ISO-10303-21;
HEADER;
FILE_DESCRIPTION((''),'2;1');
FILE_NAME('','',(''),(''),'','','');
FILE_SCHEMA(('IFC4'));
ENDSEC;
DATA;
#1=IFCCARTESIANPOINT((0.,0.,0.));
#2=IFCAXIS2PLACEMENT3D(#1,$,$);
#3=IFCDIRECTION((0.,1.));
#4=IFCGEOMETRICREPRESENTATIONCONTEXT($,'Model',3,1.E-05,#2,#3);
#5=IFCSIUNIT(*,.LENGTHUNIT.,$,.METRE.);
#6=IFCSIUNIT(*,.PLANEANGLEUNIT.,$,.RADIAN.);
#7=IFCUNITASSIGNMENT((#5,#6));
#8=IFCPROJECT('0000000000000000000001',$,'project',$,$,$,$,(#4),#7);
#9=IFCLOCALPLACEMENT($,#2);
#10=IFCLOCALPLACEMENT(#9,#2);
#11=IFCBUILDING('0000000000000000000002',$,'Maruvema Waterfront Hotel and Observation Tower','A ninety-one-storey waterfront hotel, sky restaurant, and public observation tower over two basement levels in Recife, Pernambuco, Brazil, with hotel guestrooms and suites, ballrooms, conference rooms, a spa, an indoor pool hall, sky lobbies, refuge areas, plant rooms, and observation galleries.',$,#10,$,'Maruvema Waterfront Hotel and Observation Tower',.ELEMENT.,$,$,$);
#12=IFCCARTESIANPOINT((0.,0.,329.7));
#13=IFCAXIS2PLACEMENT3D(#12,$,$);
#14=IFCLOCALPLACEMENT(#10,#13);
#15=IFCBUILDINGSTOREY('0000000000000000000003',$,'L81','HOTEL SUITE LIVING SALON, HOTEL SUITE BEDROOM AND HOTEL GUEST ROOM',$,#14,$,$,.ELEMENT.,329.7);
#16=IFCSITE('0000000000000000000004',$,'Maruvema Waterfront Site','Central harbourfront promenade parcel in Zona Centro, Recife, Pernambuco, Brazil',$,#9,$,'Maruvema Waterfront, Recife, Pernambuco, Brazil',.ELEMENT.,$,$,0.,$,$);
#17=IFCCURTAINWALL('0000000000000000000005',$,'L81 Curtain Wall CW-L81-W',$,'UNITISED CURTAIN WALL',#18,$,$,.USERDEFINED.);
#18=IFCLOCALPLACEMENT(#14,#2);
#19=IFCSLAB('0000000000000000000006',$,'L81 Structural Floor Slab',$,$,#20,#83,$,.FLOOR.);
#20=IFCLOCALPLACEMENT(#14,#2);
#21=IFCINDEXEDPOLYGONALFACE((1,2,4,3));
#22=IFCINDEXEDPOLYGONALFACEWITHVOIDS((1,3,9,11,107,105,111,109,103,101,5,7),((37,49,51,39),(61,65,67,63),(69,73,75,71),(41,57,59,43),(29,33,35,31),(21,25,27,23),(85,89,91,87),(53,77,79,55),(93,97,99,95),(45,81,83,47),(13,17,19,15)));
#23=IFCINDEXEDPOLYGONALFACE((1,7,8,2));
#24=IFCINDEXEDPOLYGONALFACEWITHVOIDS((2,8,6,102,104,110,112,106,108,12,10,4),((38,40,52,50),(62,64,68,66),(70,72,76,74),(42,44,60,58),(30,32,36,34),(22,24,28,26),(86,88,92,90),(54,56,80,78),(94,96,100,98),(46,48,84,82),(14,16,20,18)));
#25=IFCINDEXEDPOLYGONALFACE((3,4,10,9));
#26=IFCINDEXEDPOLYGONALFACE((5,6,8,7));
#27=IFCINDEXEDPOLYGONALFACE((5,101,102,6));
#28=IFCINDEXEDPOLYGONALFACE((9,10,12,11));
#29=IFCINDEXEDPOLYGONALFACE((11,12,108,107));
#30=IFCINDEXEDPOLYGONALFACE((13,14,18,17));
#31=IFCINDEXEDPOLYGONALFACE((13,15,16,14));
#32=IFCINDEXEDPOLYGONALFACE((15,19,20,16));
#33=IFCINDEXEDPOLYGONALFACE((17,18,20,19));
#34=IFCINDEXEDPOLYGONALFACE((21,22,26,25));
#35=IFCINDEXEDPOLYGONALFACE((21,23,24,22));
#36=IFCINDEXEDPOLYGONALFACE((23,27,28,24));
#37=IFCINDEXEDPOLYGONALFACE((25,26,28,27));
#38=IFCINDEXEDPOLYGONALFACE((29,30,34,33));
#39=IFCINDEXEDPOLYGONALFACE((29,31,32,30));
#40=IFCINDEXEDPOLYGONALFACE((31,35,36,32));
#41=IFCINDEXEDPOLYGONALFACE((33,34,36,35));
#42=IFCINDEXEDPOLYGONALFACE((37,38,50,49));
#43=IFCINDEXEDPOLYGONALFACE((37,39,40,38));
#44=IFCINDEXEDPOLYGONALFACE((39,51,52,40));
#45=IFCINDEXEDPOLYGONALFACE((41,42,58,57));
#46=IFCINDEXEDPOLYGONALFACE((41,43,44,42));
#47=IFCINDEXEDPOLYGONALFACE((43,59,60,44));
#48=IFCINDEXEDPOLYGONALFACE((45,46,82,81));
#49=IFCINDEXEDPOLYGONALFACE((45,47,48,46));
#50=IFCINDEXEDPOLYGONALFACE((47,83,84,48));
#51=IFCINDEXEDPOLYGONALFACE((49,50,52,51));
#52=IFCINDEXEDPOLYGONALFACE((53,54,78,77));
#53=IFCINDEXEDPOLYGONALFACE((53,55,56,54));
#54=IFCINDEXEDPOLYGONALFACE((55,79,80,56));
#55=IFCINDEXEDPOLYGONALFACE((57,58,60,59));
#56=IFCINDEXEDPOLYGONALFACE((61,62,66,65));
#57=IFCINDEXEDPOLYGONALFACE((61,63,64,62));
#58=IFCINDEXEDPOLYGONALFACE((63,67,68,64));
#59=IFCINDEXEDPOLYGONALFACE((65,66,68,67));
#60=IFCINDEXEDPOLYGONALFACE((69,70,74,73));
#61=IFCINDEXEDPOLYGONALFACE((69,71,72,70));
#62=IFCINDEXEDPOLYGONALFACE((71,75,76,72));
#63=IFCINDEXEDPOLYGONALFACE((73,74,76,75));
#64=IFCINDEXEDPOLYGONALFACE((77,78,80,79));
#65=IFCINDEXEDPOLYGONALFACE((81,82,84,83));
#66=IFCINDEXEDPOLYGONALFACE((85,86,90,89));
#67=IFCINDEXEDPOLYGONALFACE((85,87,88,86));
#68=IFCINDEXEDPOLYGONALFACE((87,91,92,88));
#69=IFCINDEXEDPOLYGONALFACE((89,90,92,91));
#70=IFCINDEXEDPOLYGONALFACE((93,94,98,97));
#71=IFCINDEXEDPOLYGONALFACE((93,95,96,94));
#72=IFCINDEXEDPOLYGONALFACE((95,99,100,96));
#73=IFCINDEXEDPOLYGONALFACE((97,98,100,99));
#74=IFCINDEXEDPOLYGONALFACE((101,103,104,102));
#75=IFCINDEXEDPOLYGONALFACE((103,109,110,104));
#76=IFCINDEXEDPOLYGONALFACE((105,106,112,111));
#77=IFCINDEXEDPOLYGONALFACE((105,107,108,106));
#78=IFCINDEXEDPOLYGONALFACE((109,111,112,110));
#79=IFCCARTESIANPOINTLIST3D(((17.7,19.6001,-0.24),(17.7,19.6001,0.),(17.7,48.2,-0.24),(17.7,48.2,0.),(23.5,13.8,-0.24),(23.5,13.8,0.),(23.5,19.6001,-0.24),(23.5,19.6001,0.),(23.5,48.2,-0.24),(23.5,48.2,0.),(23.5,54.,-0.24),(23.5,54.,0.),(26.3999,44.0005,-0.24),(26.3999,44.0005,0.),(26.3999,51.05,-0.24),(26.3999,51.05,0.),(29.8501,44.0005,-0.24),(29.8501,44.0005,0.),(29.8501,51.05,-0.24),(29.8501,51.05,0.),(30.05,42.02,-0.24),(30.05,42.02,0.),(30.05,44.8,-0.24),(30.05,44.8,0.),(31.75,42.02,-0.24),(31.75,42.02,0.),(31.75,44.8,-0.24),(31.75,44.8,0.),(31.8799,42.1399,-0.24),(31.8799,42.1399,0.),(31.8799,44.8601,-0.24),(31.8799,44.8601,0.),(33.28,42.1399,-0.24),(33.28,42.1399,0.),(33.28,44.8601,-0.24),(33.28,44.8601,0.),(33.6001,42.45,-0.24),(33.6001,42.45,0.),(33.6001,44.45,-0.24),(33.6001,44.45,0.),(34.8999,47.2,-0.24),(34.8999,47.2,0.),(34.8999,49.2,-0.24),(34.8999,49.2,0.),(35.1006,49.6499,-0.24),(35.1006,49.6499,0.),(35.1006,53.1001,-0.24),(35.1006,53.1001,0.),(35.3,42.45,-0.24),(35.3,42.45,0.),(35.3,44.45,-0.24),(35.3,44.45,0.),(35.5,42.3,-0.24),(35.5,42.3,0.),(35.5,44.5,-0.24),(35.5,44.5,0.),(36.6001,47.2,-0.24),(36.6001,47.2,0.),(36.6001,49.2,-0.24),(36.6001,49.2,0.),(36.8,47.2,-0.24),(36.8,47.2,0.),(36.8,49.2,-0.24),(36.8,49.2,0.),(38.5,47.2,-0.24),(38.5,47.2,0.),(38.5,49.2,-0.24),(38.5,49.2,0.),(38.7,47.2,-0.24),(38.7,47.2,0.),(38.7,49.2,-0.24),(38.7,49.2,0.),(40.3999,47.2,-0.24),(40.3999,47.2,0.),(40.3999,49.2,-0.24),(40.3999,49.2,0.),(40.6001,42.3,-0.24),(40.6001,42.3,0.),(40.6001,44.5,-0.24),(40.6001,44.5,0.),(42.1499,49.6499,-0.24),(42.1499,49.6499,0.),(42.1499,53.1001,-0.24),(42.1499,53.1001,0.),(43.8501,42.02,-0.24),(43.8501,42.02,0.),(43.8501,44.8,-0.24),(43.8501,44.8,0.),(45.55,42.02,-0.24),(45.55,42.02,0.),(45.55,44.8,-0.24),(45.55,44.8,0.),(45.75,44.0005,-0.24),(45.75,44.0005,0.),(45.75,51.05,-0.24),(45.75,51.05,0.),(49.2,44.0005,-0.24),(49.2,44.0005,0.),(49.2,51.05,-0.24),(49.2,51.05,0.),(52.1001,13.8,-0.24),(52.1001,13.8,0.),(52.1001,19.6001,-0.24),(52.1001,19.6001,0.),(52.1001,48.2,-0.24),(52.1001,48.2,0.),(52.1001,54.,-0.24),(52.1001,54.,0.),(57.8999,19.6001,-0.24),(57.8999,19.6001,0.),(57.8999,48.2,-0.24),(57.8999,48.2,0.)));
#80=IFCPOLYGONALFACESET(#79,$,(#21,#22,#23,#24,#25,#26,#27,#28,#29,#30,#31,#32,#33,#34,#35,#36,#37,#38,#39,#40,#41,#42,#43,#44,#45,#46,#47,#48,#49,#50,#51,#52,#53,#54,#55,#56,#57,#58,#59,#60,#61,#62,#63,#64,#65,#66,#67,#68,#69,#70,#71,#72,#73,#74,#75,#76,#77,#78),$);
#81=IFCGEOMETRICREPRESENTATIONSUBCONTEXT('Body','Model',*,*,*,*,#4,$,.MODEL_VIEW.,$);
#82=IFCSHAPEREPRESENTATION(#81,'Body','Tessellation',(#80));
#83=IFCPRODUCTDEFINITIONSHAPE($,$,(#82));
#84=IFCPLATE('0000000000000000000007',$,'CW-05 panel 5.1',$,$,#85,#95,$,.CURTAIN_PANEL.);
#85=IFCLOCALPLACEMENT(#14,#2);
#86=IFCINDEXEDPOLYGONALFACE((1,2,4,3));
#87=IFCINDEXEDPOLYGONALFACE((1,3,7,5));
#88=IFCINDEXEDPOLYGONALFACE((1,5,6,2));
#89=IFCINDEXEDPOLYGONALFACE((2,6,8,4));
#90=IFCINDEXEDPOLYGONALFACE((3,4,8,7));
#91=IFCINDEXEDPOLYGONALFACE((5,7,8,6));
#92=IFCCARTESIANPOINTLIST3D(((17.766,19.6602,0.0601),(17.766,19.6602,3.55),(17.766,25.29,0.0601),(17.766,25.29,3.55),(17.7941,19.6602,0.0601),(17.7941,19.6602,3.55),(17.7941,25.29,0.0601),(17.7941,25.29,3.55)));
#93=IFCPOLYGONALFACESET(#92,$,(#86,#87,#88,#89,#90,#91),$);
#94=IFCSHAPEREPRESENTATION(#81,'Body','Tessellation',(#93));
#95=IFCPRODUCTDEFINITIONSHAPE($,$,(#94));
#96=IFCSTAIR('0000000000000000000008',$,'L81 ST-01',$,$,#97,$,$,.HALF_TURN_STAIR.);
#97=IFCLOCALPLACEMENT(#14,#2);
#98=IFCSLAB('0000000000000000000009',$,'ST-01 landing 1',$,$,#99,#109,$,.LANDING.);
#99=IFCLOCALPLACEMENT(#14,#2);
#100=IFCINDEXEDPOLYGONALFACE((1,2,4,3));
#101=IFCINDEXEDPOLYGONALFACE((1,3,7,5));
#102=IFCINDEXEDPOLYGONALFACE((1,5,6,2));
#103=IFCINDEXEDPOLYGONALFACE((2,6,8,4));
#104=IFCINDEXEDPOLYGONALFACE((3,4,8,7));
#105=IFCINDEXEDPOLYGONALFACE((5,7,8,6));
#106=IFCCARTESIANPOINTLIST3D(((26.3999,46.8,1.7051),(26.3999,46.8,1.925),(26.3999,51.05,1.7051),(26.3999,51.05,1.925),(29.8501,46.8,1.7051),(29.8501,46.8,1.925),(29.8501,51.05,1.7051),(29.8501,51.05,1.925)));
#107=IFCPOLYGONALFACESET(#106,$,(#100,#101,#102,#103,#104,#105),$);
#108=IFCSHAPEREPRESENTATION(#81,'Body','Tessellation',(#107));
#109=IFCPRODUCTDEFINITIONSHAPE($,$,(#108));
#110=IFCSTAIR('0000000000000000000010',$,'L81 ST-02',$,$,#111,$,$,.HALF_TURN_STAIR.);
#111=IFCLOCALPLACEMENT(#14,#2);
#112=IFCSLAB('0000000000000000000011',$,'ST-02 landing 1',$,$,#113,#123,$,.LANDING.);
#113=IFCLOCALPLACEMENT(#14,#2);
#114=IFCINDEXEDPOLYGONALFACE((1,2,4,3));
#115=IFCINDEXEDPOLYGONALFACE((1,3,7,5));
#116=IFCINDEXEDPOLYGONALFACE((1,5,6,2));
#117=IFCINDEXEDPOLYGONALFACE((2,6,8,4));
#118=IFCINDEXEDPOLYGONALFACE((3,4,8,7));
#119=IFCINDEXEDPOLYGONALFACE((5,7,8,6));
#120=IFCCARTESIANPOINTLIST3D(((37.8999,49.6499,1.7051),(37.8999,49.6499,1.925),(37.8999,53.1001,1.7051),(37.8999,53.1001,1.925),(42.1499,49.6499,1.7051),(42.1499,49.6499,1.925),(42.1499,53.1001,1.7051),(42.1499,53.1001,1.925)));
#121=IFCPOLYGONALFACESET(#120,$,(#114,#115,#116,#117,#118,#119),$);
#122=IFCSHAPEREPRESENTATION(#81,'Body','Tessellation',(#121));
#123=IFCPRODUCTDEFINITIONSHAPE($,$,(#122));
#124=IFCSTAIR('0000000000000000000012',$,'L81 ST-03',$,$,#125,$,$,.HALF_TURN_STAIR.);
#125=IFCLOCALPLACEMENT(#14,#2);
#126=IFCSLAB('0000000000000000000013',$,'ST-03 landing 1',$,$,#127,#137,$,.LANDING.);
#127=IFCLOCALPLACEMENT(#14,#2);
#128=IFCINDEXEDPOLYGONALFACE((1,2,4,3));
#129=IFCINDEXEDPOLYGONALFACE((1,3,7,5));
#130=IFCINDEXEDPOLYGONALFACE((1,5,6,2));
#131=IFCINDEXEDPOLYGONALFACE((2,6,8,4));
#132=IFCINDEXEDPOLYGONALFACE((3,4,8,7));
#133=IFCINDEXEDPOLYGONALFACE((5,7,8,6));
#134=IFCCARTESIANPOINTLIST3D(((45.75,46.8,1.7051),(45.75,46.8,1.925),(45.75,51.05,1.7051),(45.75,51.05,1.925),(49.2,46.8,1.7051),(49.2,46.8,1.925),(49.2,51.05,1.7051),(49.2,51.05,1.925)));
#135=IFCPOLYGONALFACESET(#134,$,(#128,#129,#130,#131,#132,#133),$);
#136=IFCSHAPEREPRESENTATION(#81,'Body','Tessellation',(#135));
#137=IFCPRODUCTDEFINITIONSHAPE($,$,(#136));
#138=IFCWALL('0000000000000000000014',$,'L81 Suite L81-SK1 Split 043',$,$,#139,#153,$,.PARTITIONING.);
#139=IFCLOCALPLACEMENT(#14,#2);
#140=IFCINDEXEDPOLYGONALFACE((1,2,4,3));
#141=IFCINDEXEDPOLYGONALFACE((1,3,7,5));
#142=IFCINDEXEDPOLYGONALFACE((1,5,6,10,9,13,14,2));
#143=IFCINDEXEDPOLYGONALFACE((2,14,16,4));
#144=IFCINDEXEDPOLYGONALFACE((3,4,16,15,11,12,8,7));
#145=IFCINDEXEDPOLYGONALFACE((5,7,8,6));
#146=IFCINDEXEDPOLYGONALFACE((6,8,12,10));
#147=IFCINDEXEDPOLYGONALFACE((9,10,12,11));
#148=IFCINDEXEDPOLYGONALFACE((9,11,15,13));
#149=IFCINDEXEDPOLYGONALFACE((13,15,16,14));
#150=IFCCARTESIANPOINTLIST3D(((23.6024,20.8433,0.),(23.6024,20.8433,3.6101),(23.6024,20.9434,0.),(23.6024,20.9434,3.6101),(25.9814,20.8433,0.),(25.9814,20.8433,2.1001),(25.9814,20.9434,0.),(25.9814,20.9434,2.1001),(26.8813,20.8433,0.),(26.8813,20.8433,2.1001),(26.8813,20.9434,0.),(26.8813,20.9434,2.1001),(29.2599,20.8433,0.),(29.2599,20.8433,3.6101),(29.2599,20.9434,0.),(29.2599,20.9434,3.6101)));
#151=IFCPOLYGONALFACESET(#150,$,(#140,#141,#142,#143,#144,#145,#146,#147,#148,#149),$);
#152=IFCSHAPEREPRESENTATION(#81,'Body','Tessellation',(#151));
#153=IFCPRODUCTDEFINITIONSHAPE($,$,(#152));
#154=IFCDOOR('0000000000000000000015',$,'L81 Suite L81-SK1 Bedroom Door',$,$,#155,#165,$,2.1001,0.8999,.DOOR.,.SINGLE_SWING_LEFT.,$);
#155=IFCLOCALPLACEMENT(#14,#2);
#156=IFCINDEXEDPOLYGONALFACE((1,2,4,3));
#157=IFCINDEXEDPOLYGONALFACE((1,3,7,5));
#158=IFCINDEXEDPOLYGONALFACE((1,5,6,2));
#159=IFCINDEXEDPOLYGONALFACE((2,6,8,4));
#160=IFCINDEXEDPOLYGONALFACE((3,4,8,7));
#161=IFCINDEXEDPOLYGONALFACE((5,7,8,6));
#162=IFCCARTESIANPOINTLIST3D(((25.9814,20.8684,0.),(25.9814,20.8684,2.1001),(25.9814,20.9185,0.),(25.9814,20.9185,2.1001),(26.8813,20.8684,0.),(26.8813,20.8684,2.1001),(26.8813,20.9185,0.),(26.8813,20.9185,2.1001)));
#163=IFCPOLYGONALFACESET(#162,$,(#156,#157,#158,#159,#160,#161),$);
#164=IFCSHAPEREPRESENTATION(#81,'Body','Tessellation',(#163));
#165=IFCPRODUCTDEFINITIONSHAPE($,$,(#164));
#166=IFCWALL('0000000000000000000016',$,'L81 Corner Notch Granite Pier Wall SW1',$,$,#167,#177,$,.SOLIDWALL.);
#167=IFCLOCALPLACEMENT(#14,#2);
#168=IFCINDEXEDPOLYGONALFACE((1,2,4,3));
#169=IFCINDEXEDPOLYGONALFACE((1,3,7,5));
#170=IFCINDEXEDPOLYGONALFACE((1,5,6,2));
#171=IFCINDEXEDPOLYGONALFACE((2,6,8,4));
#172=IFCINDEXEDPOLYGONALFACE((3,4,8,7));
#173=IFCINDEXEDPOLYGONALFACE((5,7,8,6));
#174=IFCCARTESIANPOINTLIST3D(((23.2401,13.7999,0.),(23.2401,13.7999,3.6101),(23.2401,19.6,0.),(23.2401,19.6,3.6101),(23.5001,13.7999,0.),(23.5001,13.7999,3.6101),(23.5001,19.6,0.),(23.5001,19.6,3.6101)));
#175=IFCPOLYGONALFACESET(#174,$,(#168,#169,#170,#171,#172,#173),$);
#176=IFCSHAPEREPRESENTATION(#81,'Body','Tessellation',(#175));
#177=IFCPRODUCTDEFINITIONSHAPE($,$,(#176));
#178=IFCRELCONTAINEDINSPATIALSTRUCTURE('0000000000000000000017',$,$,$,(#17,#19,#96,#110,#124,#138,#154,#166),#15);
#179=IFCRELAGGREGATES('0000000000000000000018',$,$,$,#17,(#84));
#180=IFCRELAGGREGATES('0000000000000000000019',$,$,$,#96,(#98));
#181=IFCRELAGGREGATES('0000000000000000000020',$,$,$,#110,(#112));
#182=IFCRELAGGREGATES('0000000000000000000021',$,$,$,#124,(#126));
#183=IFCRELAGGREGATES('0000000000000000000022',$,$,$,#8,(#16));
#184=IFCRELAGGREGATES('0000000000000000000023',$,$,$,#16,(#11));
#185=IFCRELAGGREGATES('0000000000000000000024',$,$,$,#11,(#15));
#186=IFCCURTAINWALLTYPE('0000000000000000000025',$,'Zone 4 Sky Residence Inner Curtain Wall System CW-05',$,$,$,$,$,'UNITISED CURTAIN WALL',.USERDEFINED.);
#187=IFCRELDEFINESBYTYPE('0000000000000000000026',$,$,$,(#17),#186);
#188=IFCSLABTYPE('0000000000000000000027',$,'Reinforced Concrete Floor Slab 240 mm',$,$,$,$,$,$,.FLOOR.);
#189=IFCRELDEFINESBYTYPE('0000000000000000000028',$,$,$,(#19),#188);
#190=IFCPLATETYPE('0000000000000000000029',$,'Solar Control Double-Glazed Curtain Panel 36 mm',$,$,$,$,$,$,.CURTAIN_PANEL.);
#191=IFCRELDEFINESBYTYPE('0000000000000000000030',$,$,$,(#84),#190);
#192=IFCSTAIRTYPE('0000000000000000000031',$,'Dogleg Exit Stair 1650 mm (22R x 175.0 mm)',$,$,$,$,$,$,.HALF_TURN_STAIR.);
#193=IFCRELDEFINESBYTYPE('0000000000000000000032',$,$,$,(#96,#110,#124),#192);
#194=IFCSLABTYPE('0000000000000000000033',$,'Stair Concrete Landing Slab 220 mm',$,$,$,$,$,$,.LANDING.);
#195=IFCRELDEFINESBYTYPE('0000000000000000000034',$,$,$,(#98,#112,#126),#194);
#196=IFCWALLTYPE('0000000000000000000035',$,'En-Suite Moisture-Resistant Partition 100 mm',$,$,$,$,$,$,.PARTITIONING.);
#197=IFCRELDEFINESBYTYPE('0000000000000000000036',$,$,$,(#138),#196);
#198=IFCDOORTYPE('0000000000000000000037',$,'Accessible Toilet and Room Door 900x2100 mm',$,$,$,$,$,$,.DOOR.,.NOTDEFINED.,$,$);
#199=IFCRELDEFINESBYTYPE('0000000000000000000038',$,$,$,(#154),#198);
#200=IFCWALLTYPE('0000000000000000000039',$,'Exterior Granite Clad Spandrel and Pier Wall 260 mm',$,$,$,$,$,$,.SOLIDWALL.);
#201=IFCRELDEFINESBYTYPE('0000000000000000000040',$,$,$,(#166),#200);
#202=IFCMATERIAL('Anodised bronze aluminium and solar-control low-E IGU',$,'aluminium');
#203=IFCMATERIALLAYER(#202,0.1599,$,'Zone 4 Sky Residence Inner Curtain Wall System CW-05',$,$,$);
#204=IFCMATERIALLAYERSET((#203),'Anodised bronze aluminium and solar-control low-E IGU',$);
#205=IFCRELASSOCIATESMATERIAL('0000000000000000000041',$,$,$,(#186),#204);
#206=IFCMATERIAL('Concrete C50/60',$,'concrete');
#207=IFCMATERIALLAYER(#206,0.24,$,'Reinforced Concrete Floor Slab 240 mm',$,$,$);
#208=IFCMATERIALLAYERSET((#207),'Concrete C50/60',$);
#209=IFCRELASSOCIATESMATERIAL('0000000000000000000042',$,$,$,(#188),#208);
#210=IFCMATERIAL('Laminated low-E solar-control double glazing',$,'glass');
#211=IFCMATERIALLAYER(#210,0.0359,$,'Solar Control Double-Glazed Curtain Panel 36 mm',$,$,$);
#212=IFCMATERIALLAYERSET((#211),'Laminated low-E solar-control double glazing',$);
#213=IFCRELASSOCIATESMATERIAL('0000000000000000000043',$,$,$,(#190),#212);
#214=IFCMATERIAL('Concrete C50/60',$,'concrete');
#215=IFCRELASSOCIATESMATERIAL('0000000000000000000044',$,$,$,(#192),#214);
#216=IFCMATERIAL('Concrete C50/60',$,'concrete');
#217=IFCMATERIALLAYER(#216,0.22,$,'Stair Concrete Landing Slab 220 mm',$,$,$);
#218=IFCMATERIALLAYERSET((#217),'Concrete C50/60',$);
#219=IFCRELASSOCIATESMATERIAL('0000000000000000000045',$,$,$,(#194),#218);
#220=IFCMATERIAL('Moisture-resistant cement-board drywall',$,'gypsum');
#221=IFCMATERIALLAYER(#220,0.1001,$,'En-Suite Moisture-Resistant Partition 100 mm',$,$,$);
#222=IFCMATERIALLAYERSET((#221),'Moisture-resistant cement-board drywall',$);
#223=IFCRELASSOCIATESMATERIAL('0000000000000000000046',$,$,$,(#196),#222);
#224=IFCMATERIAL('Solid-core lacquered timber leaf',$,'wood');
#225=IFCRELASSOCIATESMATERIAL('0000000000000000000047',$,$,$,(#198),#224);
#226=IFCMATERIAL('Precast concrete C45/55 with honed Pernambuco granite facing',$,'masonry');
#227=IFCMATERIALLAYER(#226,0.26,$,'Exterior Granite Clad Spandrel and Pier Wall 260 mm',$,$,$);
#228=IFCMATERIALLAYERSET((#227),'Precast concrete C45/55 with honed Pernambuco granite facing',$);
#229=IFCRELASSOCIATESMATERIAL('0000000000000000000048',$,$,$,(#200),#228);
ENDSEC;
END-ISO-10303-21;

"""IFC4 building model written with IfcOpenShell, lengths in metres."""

from ifc_helpers import new_model, si_unit, direction, frame, frame_2d, origin, origin_2d, place, context, subcontext, project, spatial, polyline, rectangle, outline, extrude, material, layer, layer_set, type_object, element, fill, aggregate, save


model = new_model("IFC4")

# Units and contexts
model_context = context("Model", 3, precision=1e-05, world=origin(), true_north=direction((0.0, 1.0)))
body_context = subcontext(model_context, "Body", "Model", "MODEL_VIEW")
ifc_project = project(units=[si_unit("LENGTHUNIT", "METRE"), si_unit("PLANEANGLEUNIT", "RADIAN")], contexts=[model_context])

# Site, building, storey
site_placement = place(None, origin())
site = spatial("IfcSite", under=ifc_project, at=site_placement, Name="Maruvema Waterfront Site", Description="Central harbourfront promenade parcel in Zona Centro, Recife, Pernambuco, Brazil", LongName="Maruvema Waterfront, Recife, Pernambuco, Brazil", CompositionType="ELEMENT", RefElevation=0.0)
building_placement = place(site_placement, origin())
building = spatial("IfcBuilding", under=site, at=building_placement, Name="Maruvema Waterfront Hotel and Observation Tower", Description="A ninety-one-storey waterfront hotel, sky restaurant, and public observation tower over two basement levels in Recife, Pernambuco, Brazil, with hotel guestrooms and suites, ballrooms, conference rooms, a spa, an indoor pool hall, sky lobbies, refuge areas, plant rooms, and observation galleries.", LongName="Maruvema Waterfront Hotel and Observation Tower", CompositionType="ELEMENT")
storey_placement = place(building_placement, frame((0.0, 0.0, 329.7)))
storey = spatial("IfcBuildingStorey", under=building, at=storey_placement, Name="L81", Description="HOTEL SUITE LIVING SALON, HOTEL SUITE BEDROOM AND HOTEL GUEST ROOM", CompositionType="ELEMENT", Elevation=329.7)

# Curtain wall
ifc_material_1 = material(Name="Anodised bronze aluminium and solar-control low-E IGU", Category="aluminium")
ifc_layer_1 = layer(ifc_material_1, 0.1599, Name="Zone 4 Sky Residence Inner Curtain Wall System CW-05")
ifc_layer_set_1 = layer_set([ifc_layer_1], Name="Anodised bronze aluminium and solar-control low-E IGU")
curtain_wall_type = type_object("IfcCurtainWallType", Name="Zone 4 Sky Residence Inner Curtain Wall System CW-05", ElementType="UNITISED CURTAIN WALL", PredefinedType="USERDEFINED", material=ifc_layer_set_1)
curtain_wall_1_placement = place(storey_placement, origin())
curtain_wall_1 = element("IfcCurtainWall", 1, at=curtain_wall_1_placement, inside=storey, type_object=curtain_wall_type, Name="L81 Curtain Wall CW-L81-W", ObjectType="UNITISED CURTAIN WALL", PredefinedType="USERDEFINED")

# Slab
ifc_material_2 = material(Name="Concrete C50/60", Category="concrete")
ifc_layer_2 = layer(ifc_material_2, 0.24, Name="Reinforced Concrete Floor Slab 240 mm")
ifc_layer_set_2 = layer_set([ifc_layer_2], Name="Concrete C50/60")
slab_type_1 = type_object("IfcSlabType", Name="Reinforced Concrete Floor Slab 240 mm", PredefinedType="FLOOR", material=ifc_layer_set_2)
slab_1_placement = place(storey_placement, frame((0.0, 0.0, -0.24)))
element("IfcSlab", 2, at=slab_1_placement, inside=storey, type_object=slab_type_1, Name="L81 Structural Floor Slab", PredefinedType="FLOOR", context=body_context, shape_type="SweptSolid", body=[
    extrude(outline(polyline([(23.5, 13.8), (52.1001, 13.8), (52.1001, 19.6001), (57.8999, 19.6001), (57.8999, 48.2), (52.1001, 48.2), (52.1001, 54.0), (23.5, 54.0), (23.5, 48.2), (17.7, 48.2), (17.7, 19.6001), (23.5, 19.6001), (23.5, 13.8)]), holes=[polyline([(26.3999, 44.0005), (26.3999, 51.05), (29.8501, 51.05), (29.8501, 44.0005), (26.3999, 44.0005)]), polyline([(30.05, 44.8), (31.75, 44.8), (31.75, 42.02), (30.05, 42.02), (30.05, 44.8)]), polyline([(31.8799, 42.1399), (31.8799, 44.8601), (33.28, 44.8601), (33.28, 42.1399), (31.8799, 42.1399)]), polyline([(33.6001, 44.45), (35.3, 44.45), (35.3, 42.45), (33.6001, 42.45), (33.6001, 44.45)]), polyline([(34.8999, 49.2), (36.6001, 49.2), (36.6001, 47.2), (34.8999, 47.2), (34.8999, 49.2)]), polyline([(36.8, 47.2), (36.8, 49.2), (38.5, 49.2), (38.5, 47.2), (36.8, 47.2)]), polyline([(35.5, 42.3), (35.5, 44.5), (40.6001, 44.5), (40.6001, 42.3), (35.5, 42.3)]), polyline([(35.1006, 53.1001), (42.1499, 53.1001), (42.1499, 49.6499), (35.1006, 49.6499), (35.1006, 53.1001)]), polyline([(38.7, 49.2), (40.3999, 49.2), (40.3999, 47.2), (38.7, 47.2), (38.7, 49.2)]), polyline([(43.8501, 44.8), (45.55, 44.8), (45.55, 42.02), (43.8501, 42.02), (43.8501, 44.8)]), polyline([(45.75, 44.0005), (45.75, 51.05), (49.2, 51.05), (49.2, 44.0005), (45.75, 44.0005)])]), origin(), (0.0, 0.0, 1.0), 0.24),
])

# Plate
ifc_material_3 = material(Name="Laminated low-E solar-control double glazing", Category="glass")
ifc_layer_3 = layer(ifc_material_3, 0.0359, Name="Solar Control Double-Glazed Curtain Panel 36 mm")
ifc_layer_set_3 = layer_set([ifc_layer_3], Name="Laminated low-E solar-control double glazing")
plate_type = type_object("IfcPlateType", Name="Solar Control Double-Glazed Curtain Panel 36 mm", PredefinedType="CURTAIN_PANEL", material=ifc_layer_set_3)
plate_placement = place(storey_placement, frame((17.78, 22.4751, 0.0601), z_axis=(0.0, 0.0, 1.0), x_axis=(0.0, -1.0, 0.0)))
plate = element("IfcPlate", 3, at=plate_placement, type_object=plate_type, Name="CW-05 panel 5.1", PredefinedType="CURTAIN_PANEL", context=body_context, shape_type="SweptSolid", body=[
    extrude(rectangle(XDim=5.6299, YDim=0.0281, at=origin_2d()), origin(), (0.0, 0.0, 1.0), 3.49),
])
aggregate(curtain_wall_1, [plate])

# Stairs, slabs
ifc_material_4 = material(Name="Concrete C50/60", Category="concrete")
stair_type = type_object("IfcStairType", Name="Dogleg Exit Stair 1650 mm (22R x 175.0 mm)", PredefinedType="HALF_TURN_STAIR", material=ifc_material_4)
stair_1_placement = place(storey_placement, origin())
stair_1 = element("IfcStair", 4, at=stair_1_placement, inside=storey, type_object=stair_type, Name="L81 ST-01", PredefinedType="HALF_TURN_STAIR")
ifc_material_5 = material(Name="Concrete C50/60", Category="concrete")
ifc_layer_4 = layer(ifc_material_5, 0.22, Name="Stair Concrete Landing Slab 220 mm")
ifc_layer_set_4 = layer_set([ifc_layer_4], Name="Concrete C50/60")
slab_type_2 = type_object("IfcSlabType", Name="Stair Concrete Landing Slab 220 mm", PredefinedType="LANDING", material=ifc_layer_set_4)
slab_2_placement = place(storey_placement, frame((0.0, 0.0, 1.7051)))
slab_2 = element("IfcSlab", 5, at=slab_2_placement, type_object=slab_type_2, Name="ST-01 landing 1", PredefinedType="LANDING", context=body_context, shape_type="SweptSolid", body=[
    extrude(outline(polyline([(29.8501, 46.8), (29.8501, 51.05), (26.3999, 51.05), (26.3999, 46.8), (29.8501, 46.8)])), origin(), (0.0, 0.0, 1.0), 0.22),
])
aggregate(stair_1, [slab_2])
stair_2_placement = place(storey_placement, origin())
stair_2 = element("IfcStair", 6, at=stair_2_placement, inside=storey, type_object=stair_type, Name="L81 ST-02", PredefinedType="HALF_TURN_STAIR")
slab_3_placement = place(storey_placement, frame((0.0, 0.0, 1.7051)))
slab_3 = element("IfcSlab", 7, at=slab_3_placement, type_object=slab_type_2, Name="ST-02 landing 1", PredefinedType="LANDING", context=body_context, shape_type="SweptSolid", body=[
    extrude(outline(polyline([(37.8999, 49.6499), (42.1499, 49.6499), (42.1499, 53.1001), (37.8999, 53.1001), (37.8999, 49.6499)])), origin(), (0.0, 0.0, 1.0), 0.22),
])
aggregate(stair_2, [slab_3])
stair_3_placement = place(storey_placement, origin())
stair_3 = element("IfcStair", 8, at=stair_3_placement, inside=storey, type_object=stair_type, Name="L81 ST-03", PredefinedType="HALF_TURN_STAIR")
slab_4_placement = place(storey_placement, frame((0.0, 0.0, 1.7051)))
slab_4 = element("IfcSlab", 9, at=slab_4_placement, type_object=slab_type_2, Name="ST-03 landing 1", PredefinedType="LANDING", context=body_context, shape_type="SweptSolid", body=[
    extrude(outline(polyline([(49.2, 46.8), (49.2, 51.05), (45.75, 51.05), (45.75, 46.8), (49.2, 46.8)])), origin(), (0.0, 0.0, 1.0), 0.22),
])
aggregate(stair_3, [slab_4])

# Wall, opening, door
ifc_material_6 = material(Name="Moisture-resistant cement-board drywall", Category="gypsum")
ifc_layer_5 = layer(ifc_material_6, 0.1001, Name="En-Suite Moisture-Resistant Partition 100 mm")
ifc_layer_set_5 = layer_set([ifc_layer_5], Name="Moisture-resistant cement-board drywall")
wall_type_1 = type_object("IfcWallType", Name="En-Suite Moisture-Resistant Partition 100 mm", PredefinedType="PARTITIONING", material=ifc_layer_set_5)
wall_1_placement = place(storey_placement, frame((23.6025, 20.8933, 0.0), z_axis=(0.0, 0.0, 1.0), x_axis=(1.0, 0.0, 0.0)))
wall_1 = element("IfcWall", 10, at=wall_1_placement, inside=storey, type_object=wall_type_1, Name="L81 Suite L81-SK1 Split 043", PredefinedType="PARTITIONING", context=body_context, shape_type="SweptSolid", body=[
    extrude(rectangle(XDim=5.6575, YDim=0.1001, at=frame_2d((2.8286, 0.0))), origin(), (0.0, 0.0, 1.0), 3.6101),
])
opening_1_placement = place(wall_1_placement, frame((2.3789, 0.0, 0.0)))
opening_1 = element("IfcOpeningElement", 11, at=opening_1_placement, cuts=wall_1, PredefinedType="OPENING", context=body_context, shape_type="SweptSolid", body=[
    extrude(rectangle(XDim=0.8999, YDim=2.1001, at=frame_2d((0.45, 1.05))), frame((0.0, 0.0601, 0.0), z_axis=(0.0, -1.0, 0.0), x_axis=(1.0, 0.0, 0.0)), (0.0, 0.0, 1.0), 0.1201),
])
ifc_material_7 = material(Name="Solid-core lacquered timber leaf", Category="wood")
door_type = type_object("IfcDoorType", Name="Accessible Toilet and Room Door 900x2100 mm", OperationType="NOTDEFINED", PredefinedType="DOOR", material=ifc_material_7)
door_placement = place(opening_1_placement, frame((0.8999, 0.0, 0.0), z_axis=(0.0, 0.0, 1.0), x_axis=(-1.0, 0.0, 0.0)))
door = element("IfcDoor", 12, at=door_placement, inside=storey, type_object=door_type, Name="L81 Suite L81-SK1 Bedroom Door", OperationType="SINGLE_SWING_LEFT", OverallHeight=2.1001, OverallWidth=0.8999, PredefinedType="DOOR", context=body_context, shape_type="SweptSolid", body=[
    extrude(rectangle(XDim=0.8999, YDim=2.1001, at=frame_2d((0.45, 1.05))), frame((0.0, 0.0249, 0.0), z_axis=(0.0, -1.0, 0.0), x_axis=(1.0, 0.0, 0.0)), (0.0, 0.0, 1.0), 0.05),
])
fill(opening_1, door)

# Wall
ifc_material_8 = material(Name="Precast concrete C45/55 with honed Pernambuco granite facing", Category="masonry")
ifc_layer_6 = layer(ifc_material_8, 0.26, Name="Exterior Granite Clad Spandrel and Pier Wall 260 mm")
ifc_layer_set_6 = layer_set([ifc_layer_6], Name="Precast concrete C45/55 with honed Pernambuco granite facing")
wall_type_2 = type_object("IfcWallType", Name="Exterior Granite Clad Spandrel and Pier Wall 260 mm", PredefinedType="SOLIDWALL", material=ifc_layer_set_6)
wall_2_placement = place(storey_placement, frame((23.3701, 13.8, 0.0), z_axis=(0.0, 0.0, 1.0), x_axis=(0.0, 1.0, 0.0)))
element("IfcWall", 13, at=wall_2_placement, inside=storey, type_object=wall_type_2, Name="L81 Corner Notch Granite Pier Wall SW1", PredefinedType="SOLIDWALL", context=body_context, shape_type="SweptSolid", body=[
    extrude(rectangle(XDim=5.8, YDim=0.26, at=frame_2d((2.8999, 0.0))), origin(), (0.0, 0.0, 1.0), 3.6101),
])

save(model, "model.ifc")
